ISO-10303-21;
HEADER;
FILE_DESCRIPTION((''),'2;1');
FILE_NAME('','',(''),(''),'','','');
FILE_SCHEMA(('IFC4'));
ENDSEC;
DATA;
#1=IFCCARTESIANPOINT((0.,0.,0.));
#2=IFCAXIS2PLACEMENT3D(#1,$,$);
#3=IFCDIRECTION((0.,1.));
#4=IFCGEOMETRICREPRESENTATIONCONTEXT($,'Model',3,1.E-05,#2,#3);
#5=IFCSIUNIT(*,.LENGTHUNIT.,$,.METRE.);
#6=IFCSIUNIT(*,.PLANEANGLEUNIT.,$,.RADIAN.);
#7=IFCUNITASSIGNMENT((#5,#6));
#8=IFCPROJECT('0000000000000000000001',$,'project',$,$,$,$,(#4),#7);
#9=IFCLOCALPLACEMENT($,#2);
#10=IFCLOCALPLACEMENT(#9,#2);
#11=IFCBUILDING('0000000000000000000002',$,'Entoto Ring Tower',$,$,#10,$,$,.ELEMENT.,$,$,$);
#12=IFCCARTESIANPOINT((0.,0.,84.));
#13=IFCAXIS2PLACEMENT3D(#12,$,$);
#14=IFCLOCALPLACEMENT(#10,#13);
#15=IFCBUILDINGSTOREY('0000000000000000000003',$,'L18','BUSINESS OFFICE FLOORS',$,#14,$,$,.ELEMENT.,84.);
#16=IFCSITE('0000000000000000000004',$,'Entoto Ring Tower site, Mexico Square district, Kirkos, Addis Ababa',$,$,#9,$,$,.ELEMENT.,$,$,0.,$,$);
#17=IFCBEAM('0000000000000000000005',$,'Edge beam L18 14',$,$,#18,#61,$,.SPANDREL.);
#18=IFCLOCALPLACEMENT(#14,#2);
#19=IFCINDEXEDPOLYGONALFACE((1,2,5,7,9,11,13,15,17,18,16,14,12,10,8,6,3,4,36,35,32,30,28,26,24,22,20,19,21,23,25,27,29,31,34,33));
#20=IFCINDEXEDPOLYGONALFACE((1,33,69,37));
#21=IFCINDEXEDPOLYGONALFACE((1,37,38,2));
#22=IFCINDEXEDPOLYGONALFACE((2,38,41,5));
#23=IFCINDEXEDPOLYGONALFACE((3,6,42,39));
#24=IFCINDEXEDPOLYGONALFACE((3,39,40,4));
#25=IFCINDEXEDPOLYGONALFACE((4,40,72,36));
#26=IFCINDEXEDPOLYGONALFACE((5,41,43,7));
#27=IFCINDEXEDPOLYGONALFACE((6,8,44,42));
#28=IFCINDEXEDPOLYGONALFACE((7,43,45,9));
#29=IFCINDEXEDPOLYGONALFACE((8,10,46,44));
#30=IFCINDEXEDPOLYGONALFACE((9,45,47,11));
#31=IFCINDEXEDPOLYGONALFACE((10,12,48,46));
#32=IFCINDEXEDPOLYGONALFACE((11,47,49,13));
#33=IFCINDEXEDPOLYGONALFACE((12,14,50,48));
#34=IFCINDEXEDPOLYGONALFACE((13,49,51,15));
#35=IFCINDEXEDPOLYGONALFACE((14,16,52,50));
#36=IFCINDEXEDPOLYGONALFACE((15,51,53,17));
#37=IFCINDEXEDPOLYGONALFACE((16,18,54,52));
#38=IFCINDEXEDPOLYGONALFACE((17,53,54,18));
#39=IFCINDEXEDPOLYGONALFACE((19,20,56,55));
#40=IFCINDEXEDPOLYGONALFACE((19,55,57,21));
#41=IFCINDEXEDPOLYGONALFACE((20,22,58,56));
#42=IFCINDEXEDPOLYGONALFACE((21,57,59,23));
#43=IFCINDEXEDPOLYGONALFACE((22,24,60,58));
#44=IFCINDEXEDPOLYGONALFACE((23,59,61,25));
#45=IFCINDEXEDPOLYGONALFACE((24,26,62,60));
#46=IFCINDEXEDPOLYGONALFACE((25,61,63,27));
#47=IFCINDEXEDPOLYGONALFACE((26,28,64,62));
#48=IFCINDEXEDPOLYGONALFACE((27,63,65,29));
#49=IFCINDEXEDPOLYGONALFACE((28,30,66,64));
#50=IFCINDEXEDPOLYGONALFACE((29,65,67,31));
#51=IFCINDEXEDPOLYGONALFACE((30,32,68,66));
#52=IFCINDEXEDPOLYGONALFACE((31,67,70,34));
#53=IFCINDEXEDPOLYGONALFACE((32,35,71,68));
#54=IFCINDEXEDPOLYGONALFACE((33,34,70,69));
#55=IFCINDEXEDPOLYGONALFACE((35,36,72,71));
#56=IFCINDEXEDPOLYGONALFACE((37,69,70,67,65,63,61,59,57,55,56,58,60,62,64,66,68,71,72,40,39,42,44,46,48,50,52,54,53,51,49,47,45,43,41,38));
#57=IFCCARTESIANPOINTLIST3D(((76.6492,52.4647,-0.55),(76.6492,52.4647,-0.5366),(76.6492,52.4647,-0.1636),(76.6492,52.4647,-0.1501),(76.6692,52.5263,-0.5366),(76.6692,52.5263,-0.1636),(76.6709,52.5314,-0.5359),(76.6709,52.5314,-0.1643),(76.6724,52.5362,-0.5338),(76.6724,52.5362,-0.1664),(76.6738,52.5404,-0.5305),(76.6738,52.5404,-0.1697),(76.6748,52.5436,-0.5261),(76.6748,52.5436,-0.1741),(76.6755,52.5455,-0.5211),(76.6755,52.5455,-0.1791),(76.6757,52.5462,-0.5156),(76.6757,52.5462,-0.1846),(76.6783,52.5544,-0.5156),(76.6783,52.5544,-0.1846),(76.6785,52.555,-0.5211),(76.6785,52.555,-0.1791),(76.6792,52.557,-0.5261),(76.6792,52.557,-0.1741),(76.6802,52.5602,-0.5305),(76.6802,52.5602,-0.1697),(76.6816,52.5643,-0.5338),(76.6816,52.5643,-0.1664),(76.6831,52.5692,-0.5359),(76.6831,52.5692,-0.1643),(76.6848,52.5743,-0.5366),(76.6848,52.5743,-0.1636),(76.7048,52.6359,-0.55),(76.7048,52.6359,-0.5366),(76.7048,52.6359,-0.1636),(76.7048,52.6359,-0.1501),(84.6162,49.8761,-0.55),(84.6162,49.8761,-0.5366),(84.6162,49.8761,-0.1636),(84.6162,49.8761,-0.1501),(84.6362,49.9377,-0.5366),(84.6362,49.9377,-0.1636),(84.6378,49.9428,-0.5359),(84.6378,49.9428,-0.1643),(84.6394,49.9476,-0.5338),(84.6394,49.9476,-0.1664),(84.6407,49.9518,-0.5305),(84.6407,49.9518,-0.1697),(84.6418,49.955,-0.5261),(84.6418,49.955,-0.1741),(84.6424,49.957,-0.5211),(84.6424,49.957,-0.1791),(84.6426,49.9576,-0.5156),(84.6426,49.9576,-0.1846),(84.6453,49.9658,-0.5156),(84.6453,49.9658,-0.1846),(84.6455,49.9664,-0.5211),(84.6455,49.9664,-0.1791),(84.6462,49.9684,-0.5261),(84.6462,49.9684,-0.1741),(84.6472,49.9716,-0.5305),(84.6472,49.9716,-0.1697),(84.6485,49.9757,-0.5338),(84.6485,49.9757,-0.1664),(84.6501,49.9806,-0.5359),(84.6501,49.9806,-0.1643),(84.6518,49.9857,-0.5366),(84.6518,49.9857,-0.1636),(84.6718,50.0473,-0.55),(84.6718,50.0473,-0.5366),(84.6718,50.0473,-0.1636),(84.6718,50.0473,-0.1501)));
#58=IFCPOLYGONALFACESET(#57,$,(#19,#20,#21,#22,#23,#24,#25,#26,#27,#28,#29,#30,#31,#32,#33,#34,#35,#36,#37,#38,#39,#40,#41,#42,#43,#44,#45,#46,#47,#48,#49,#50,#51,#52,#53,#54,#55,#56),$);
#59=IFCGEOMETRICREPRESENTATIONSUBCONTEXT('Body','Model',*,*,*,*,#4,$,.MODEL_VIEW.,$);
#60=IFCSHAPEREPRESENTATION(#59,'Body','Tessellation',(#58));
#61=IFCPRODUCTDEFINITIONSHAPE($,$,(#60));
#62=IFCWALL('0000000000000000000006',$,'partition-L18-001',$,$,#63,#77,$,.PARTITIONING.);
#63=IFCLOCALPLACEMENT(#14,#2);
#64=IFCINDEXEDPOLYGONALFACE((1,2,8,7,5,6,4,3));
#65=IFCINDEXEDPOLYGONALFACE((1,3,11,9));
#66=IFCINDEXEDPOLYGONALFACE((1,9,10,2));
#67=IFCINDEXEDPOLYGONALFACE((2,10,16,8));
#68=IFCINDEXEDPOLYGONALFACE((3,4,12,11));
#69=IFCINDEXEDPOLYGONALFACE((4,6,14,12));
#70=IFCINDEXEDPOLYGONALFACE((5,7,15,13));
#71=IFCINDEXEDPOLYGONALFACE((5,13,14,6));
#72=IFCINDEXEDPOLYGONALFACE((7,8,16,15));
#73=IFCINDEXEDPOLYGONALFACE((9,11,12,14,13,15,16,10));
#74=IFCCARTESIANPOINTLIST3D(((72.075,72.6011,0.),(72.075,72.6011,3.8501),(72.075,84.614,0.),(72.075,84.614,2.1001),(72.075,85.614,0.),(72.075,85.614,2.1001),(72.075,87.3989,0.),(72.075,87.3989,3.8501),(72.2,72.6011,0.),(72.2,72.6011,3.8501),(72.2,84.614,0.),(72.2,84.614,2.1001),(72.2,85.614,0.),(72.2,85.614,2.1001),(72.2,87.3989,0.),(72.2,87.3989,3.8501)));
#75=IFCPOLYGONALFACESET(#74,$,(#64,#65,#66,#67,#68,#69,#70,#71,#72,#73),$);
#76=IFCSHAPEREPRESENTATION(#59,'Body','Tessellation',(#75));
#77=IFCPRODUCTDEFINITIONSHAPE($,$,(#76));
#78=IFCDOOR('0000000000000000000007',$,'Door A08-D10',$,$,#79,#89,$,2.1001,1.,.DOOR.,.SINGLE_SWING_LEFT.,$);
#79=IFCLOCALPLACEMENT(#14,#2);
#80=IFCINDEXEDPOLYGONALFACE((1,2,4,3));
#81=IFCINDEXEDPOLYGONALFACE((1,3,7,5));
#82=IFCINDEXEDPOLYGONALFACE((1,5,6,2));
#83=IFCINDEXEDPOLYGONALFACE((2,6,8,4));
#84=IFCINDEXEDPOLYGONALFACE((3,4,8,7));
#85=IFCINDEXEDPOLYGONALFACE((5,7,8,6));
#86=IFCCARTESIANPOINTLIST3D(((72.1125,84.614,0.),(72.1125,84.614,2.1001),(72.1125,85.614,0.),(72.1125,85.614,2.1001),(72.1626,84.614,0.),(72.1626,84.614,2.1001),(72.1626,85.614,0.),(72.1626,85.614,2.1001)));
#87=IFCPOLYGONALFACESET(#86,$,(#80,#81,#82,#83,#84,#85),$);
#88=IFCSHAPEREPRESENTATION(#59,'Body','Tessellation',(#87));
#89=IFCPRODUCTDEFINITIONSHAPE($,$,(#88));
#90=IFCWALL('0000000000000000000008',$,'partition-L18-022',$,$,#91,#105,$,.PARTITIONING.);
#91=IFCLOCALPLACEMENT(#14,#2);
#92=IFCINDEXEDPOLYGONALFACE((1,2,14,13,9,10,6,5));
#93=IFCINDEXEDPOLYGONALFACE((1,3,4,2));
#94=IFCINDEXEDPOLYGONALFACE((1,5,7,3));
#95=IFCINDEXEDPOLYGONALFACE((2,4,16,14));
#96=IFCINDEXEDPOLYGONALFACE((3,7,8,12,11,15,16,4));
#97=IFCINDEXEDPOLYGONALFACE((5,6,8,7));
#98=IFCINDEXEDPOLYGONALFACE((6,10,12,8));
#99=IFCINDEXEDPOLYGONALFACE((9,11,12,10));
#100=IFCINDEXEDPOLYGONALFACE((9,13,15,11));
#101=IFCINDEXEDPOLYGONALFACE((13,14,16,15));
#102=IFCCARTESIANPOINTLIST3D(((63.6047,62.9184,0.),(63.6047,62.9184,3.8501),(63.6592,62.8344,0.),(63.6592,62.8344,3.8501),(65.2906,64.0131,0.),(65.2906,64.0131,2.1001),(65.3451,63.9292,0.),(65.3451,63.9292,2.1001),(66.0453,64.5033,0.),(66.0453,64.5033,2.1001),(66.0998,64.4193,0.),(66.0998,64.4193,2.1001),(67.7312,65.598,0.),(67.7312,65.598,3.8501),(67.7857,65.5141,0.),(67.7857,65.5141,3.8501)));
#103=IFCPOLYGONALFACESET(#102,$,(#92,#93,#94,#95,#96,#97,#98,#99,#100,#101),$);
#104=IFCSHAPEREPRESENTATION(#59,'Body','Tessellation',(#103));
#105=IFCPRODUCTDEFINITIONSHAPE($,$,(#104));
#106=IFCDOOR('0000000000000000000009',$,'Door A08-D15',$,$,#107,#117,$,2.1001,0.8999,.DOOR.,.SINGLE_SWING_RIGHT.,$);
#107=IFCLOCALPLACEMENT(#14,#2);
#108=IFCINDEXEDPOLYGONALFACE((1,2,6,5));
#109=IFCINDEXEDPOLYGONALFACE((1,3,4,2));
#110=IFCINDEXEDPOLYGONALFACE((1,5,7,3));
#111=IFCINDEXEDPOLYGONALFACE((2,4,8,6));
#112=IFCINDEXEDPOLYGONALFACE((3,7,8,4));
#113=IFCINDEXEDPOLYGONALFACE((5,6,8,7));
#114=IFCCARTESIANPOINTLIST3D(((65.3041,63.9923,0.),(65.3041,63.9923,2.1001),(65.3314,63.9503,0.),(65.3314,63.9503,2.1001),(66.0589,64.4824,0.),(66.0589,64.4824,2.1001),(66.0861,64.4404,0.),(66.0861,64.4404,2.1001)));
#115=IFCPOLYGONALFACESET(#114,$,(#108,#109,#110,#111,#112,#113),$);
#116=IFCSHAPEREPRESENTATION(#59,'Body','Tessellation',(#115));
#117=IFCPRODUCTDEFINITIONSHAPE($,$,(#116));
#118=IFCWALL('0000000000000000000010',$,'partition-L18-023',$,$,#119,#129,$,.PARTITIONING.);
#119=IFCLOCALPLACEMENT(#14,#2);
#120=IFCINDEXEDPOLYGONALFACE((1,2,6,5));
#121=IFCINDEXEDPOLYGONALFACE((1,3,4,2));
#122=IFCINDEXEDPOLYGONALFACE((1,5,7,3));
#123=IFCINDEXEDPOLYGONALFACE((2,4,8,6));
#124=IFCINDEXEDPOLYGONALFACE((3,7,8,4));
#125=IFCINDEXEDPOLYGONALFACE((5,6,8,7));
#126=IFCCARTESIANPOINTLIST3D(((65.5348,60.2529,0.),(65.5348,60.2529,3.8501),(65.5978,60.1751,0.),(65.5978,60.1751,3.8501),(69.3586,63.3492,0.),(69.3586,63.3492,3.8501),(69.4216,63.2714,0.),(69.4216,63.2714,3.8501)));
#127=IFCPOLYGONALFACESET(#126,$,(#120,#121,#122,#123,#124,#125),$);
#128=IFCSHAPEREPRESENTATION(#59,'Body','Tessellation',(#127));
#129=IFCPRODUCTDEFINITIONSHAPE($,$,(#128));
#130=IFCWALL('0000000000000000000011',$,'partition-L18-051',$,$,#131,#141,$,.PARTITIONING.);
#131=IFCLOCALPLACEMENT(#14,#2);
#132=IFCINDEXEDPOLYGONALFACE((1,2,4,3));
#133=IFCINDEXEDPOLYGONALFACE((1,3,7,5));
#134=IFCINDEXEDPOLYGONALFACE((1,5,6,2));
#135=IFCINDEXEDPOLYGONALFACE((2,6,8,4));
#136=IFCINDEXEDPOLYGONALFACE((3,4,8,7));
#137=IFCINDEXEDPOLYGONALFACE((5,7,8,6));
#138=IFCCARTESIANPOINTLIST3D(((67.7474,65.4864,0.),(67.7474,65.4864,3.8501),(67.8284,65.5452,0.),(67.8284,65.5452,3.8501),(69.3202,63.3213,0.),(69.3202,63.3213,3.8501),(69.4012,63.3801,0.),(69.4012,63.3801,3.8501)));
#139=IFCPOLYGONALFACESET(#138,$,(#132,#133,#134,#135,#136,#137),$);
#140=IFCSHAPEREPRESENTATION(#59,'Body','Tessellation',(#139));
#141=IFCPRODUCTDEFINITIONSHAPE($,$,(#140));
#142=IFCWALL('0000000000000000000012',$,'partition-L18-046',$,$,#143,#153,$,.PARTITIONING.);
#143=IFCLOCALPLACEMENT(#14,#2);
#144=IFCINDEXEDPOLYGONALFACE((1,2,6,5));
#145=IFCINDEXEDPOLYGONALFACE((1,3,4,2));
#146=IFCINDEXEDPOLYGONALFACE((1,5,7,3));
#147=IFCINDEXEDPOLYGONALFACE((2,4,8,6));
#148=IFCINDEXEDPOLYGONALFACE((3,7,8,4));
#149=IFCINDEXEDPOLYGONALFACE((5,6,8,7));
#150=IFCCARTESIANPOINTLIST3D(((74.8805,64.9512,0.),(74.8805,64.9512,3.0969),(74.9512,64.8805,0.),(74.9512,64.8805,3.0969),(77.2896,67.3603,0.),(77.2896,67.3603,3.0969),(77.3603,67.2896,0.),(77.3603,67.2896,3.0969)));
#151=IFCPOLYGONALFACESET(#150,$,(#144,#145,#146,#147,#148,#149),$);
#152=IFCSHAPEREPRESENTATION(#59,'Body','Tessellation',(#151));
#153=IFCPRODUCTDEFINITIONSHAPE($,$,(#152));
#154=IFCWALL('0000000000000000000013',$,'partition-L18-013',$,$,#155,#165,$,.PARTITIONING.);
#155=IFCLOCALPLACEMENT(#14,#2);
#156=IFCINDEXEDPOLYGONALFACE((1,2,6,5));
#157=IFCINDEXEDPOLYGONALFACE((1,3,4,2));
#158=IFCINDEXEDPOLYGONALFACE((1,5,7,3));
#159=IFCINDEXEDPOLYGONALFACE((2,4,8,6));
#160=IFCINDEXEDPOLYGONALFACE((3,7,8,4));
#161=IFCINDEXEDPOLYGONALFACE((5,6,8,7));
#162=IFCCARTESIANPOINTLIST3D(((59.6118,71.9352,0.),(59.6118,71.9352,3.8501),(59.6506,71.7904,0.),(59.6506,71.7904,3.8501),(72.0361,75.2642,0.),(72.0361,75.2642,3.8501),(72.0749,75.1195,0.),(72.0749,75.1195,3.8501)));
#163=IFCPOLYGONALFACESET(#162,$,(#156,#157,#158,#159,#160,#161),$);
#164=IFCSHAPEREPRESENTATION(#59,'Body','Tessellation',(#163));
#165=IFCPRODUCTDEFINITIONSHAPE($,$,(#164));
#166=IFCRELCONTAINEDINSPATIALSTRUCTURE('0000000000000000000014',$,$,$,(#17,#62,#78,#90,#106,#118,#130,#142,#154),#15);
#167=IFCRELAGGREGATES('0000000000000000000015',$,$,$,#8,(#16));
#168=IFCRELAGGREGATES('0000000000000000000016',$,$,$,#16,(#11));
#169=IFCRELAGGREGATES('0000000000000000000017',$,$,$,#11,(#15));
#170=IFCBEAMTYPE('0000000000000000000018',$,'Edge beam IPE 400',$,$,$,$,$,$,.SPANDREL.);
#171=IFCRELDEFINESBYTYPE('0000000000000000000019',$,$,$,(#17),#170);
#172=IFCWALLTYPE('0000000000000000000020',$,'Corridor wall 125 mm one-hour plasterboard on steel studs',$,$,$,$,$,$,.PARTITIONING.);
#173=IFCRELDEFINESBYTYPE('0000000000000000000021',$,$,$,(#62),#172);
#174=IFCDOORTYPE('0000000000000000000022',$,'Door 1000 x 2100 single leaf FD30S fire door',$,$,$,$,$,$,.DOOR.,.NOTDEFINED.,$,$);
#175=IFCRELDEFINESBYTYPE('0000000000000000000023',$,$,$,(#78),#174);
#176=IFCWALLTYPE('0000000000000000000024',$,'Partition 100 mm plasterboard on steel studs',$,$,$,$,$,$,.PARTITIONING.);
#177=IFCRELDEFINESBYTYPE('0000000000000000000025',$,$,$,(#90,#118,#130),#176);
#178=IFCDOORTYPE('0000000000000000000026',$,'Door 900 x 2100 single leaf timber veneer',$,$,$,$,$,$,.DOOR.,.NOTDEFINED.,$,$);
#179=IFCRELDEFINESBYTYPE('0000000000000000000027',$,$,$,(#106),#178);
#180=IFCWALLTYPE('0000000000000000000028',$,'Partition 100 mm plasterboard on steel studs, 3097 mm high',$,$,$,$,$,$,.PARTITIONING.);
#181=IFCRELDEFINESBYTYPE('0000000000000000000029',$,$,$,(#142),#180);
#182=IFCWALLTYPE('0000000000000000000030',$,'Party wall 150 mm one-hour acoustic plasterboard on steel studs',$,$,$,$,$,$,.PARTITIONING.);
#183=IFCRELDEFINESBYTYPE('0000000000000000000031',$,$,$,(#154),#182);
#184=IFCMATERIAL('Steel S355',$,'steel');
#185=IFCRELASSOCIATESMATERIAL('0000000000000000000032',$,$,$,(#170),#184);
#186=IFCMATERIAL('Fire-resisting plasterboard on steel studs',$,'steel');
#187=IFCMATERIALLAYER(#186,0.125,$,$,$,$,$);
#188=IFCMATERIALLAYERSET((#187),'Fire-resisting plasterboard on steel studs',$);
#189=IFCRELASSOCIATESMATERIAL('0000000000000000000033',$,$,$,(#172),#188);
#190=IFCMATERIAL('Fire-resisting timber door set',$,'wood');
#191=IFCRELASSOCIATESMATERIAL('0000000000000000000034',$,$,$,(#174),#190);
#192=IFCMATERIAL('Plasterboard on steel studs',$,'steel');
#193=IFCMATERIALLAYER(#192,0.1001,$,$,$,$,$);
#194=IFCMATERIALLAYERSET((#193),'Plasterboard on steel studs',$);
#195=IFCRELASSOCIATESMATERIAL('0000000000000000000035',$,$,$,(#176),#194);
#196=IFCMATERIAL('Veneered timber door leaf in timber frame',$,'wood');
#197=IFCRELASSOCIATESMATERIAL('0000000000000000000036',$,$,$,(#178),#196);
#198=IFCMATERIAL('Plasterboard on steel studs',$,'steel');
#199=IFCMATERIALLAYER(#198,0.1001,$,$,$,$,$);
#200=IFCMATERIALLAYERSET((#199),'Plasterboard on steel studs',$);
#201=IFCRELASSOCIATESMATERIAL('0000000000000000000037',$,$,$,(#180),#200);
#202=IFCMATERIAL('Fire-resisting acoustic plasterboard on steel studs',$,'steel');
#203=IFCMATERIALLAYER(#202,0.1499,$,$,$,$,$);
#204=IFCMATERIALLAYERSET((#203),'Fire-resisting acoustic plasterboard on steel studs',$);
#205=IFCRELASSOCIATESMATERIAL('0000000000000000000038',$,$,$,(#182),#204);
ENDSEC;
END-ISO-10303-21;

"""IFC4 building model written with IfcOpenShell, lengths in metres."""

from ifc_helpers import new_model, si_unit, direction, frame, frame_2d, origin, origin_2d, place, context, subcontext, project, spatial, rectangle, i_section, extrude, material, layer, layer_set, material_profile, profile_set, type_object, element, fill, save


model = new_model("IFC4")

# Units and contexts
model_context = context("Model", 3, precision=1e-05, world=origin(), true_north=direction((0.0, 1.0)))
body_context = subcontext(model_context, "Body", "Model", "MODEL_VIEW")
ifc_project = project(units=[si_unit("LENGTHUNIT", "METRE"), si_unit("PLANEANGLEUNIT", "RADIAN")], contexts=[model_context])

# Site, building, storey
site_placement = place(None, origin())
site = spatial("IfcSite", under=ifc_project, at=site_placement, Name="Entoto Ring Tower site, Mexico Square district, Kirkos, Addis Ababa", CompositionType="ELEMENT", RefElevation=0.0)
building_placement = place(site_placement, origin())
building = spatial("IfcBuilding", under=site, at=building_placement, Name="Entoto Ring Tower", CompositionType="ELEMENT")
storey_placement = place(building_placement, frame((0.0, 0.0, 84.0)))
storey = spatial("IfcBuildingStorey", under=building, at=storey_placement, Name="L18", Description="BUSINESS OFFICE FLOORS", CompositionType="ELEMENT", Elevation=84.0)

# Beam
ifc_material_1 = material(Name="Steel S355", Category="steel")
ifc_material_profile_1 = material_profile(ifc_material_1, i_section(OverallWidth=0.1799, OverallDepth=0.3999, WebThickness=0.0085, FlangeThickness=0.0134, FilletRadius=0.021, at=origin_2d()), Name="IPE 400")
ifc_profile_set_1 = profile_set([ifc_material_profile_1], Name="Steel S355")
beam_type = type_object("IfcBeamType", Name="Edge beam IPE 400", PredefinedType="SPANDREL", material=ifc_profile_set_1)
for number, where, z_axis, x_axis, name in (
    (1, (76.677, 52.5503, -0.3501), (0.951057, -0.309014, 0.0), (0.309014, 0.951057, 0.0), "Edge beam L18 14"),
):
    element("IfcBeam", number, at=place(storey_placement, frame(where, z_axis=z_axis, x_axis=x_axis)), inside=storey, type_object=beam_type, Name=name, PredefinedType="SPANDREL", context=body_context, shape_type="SweptSolid", body=[
        extrude(i_section(OverallWidth=0.1799, OverallDepth=0.3999, WebThickness=0.0085, FlangeThickness=0.0134, FilletRadius=0.021, at=origin_2d()), origin(), (0.0, 0.0, 1.0), 8.377),
    ])

# Walls, openings, doors
ifc_material_2 = material(Name="Fire-resisting plasterboard on steel studs", Category="steel")
ifc_layer_1 = layer(ifc_material_2, 0.125)
ifc_layer_set_1 = layer_set([ifc_layer_1], Name="Fire-resisting plasterboard on steel studs")
wall_type_1 = type_object("IfcWallType", Name="Corridor wall 125 mm one-hour plasterboard on steel studs", PredefinedType="PARTITIONING", material=ifc_layer_set_1)
wall_1_placement = place(storey_placement, frame((72.1375, 72.6011, 0.0), z_axis=(0.0, 0.0, 1.0), x_axis=(0.0, 1.0, 0.0)))
wall_1 = element("IfcWall", 2, at=wall_1_placement, inside=storey, type_object=wall_type_1, Name="partition-L18-001", PredefinedType="PARTITIONING", context=body_context, shape_type="SweptSolid", body=[
    extrude(rectangle(XDim=14.7979, YDim=0.125, at=frame_2d((7.3989, 0.0))), origin(), (0.0, 0.0, 1.0), 3.8501),
])
opening_1_placement = place(wall_1_placement, frame((12.0129, 0.0, 0.0)))
opening_1 = element("IfcOpeningElement", 3, at=opening_1_placement, cuts=wall_1, PredefinedType="OPENING", context=body_context, shape_type="SweptSolid", body=[
    extrude(rectangle(XDim=1.0, YDim=2.1001, at=frame_2d((0.5, 1.05))), frame((0.0, 0.0725, 0.0), z_axis=(0.0, -1.0, 0.0), x_axis=(1.0, 0.0, 0.0)), (0.0, 0.0, 1.0), 0.145),
])
ifc_material_3 = material(Name="Fire-resisting timber door set", Category="wood")
door_type_1 = type_object("IfcDoorType", Name="Door 1000 x 2100 single leaf FD30S fire door", OperationType="NOTDEFINED", PredefinedType="DOOR", material=ifc_material_3)
door_1_placement = place(opening_1_placement, origin())
door_1 = element("IfcDoor", 4, at=door_1_placement, inside=storey, type_object=door_type_1, Name="Door A08-D10", OperationType="SINGLE_SWING_LEFT", OverallHeight=2.1001, OverallWidth=1.0, PredefinedType="DOOR", context=body_context, shape_type="SweptSolid", body=[
    extrude(rectangle(XDim=1.0, YDim=2.1001, at=frame_2d((0.5, 1.05))), frame((0.0, 0.0249, 0.0), z_axis=(0.0, -1.0, 0.0), x_axis=(1.0, 0.0, 0.0)), (0.0, 0.0, 1.0), 0.05),
])
fill(opening_1, door_1)
ifc_material_4 = material(Name="Plasterboard on steel studs", Category="steel")
ifc_layer_2 = layer(ifc_material_4, 0.1001)
ifc_layer_set_2 = layer_set([ifc_layer_2], Name="Plasterboard on steel studs")
wall_type_2 = type_object("IfcWallType", Name="Partition 100 mm plasterboard on steel studs", PredefinedType="PARTITIONING", material=ifc_layer_set_2)
wall_2_placement = place(storey_placement, frame((63.6321, 62.8765, 0.0), z_axis=(0.0, 0.0, 1.0), x_axis=(0.838677, 0.544629, 0.0)))
wall_2 = element("IfcWall", 5, at=wall_2_placement, inside=storey, type_object=wall_type_2, Name="partition-L18-022", PredefinedType="PARTITIONING", context=body_context, shape_type="SweptSolid", body=[
    extrude(rectangle(XDim=4.9202, YDim=0.1001, at=frame_2d((2.46, 0.0))), origin(), (0.0, 0.0, 1.0), 3.8501),
])
opening_2_placement = place(wall_2_placement, frame((2.01, 0.0, 0.0)))
opening_2 = element("IfcOpeningElement", 6, at=opening_2_placement, cuts=wall_2, PredefinedType="OPENING", context=body_context, shape_type="SweptSolid", body=[
    extrude(rectangle(XDim=0.8999, YDim=2.1001, at=frame_2d((0.45, 1.05))), frame((0.0, 0.0601, 0.0), z_axis=(0.0, -1.0, 0.0), x_axis=(1.0, 0.0, 0.0)), (0.0, 0.0, 1.0), 0.1201),
])
ifc_material_5 = material(Name="Veneered timber door leaf in timber frame", Category="wood")
door_type_2 = type_object("IfcDoorType", Name="Door 900 x 2100 single leaf timber veneer", OperationType="NOTDEFINED", PredefinedType="DOOR", material=ifc_material_5)
door_2_placement = place(opening_2_placement, frame((0.8999, 0.0, 0.0), z_axis=(0.0, 0.0, 1.0), x_axis=(-1.0, 0.0, 0.0)))
door_2 = element("IfcDoor", 7, at=door_2_placement, inside=storey, type_object=door_type_2, Name="Door A08-D15", OperationType="SINGLE_SWING_RIGHT", OverallHeight=2.1001, OverallWidth=0.8999, PredefinedType="DOOR", context=body_context, shape_type="SweptSolid", body=[
    extrude(rectangle(XDim=0.8999, YDim=2.1001, at=frame_2d((0.45, 1.05))), frame((0.0, 0.0249, 0.0), z_axis=(0.0, -1.0, 0.0), x_axis=(1.0, 0.0, 0.0)), (0.0, 0.0, 1.0), 0.05),
])
fill(opening_2, door_2)

# Walls
wall_3_placement = place(storey_placement, frame((65.5664, 60.2141, 0.0), z_axis=(0.0, 0.0, 1.0), x_axis=(0.777166, 0.629295, 0.0)))
element("IfcWall", 8, at=wall_3_placement, inside=storey, type_object=wall_type_2, Name="partition-L18-023", PredefinedType="PARTITIONING", context=body_context, shape_type="SweptSolid", body=[
    extrude(rectangle(XDim=4.9202, YDim=0.1001, at=frame_2d((2.46, 0.0))), origin(), (0.0, 0.0, 1.0), 3.8501),
])
wall_4_placement = place(storey_placement, frame((69.3606, 63.3508, 0.0), z_axis=(0.0, 0.0, 1.0), x_axis=(-0.587727, 0.809059, 0.0)))
element("IfcWall", 9, at=wall_4_placement, inside=storey, type_object=wall_type_2, Name="partition-L18-051", PredefinedType="PARTITIONING", context=body_context, shape_type="SweptSolid", body=[
    extrude(rectangle(XDim=2.676, YDim=0.1001, at=frame_2d((1.3379, 0.0))), origin(), (0.0, 0.0, 1.0), 3.8501),
])
ifc_material_6 = material(Name="Plasterboard on steel studs", Category="steel")
ifc_layer_3 = layer(ifc_material_6, 0.1001)
ifc_layer_set_3 = layer_set([ifc_layer_3], Name="Plasterboard on steel studs")
wall_type_3 = type_object("IfcWallType", Name="Partition 100 mm plasterboard on steel studs, 3097 mm high", PredefinedType="PARTITIONING", material=ifc_layer_set_3)
wall_5_placement = place(storey_placement, frame((74.9158, 64.9158, 0.0), z_axis=(0.0, 0.0, 1.0), x_axis=(0.707107, 0.707107, 0.0)))
element("IfcWall", 10, at=wall_5_placement, inside=storey, type_object=wall_type_3, Name="partition-L18-046", PredefinedType="PARTITIONING", context=body_context, shape_type="SweptSolid", body=[
    extrude(rectangle(XDim=3.407, YDim=0.1001, at=frame_2d((1.7036, 0.0))), origin(), (0.0, 0.0, 1.0), 3.0969),
])
ifc_material_7 = material(Name="Fire-resisting acoustic plasterboard on steel studs", Category="steel")
ifc_layer_4 = layer(ifc_material_7, 0.1499)
ifc_layer_set_4 = layer_set([ifc_layer_4], Name="Fire-resisting acoustic plasterboard on steel studs")
wall_type_4 = type_object("IfcWallType", Name="Party wall 150 mm one-hour acoustic plasterboard on steel studs", PredefinedType="PARTITIONING", material=ifc_layer_set_4)
wall_6_placement = place(storey_placement, frame((59.6313, 71.8628, 0.0), z_axis=(0.0, 0.0, 1.0), x_axis=(0.965926, 0.25882, 0.0)))
element("IfcWall", 11, at=wall_6_placement, inside=storey, type_object=wall_type_4, Name="partition-L18-013", PredefinedType="PARTITIONING", context=body_context, shape_type="SweptSolid", body=[
    extrude(rectangle(XDim=12.8625, YDim=0.1499, at=frame_2d((6.4312, 0.0))), origin(), (0.0, 0.0, 1.0), 3.8501),
])

save(model, "model.ifc")
